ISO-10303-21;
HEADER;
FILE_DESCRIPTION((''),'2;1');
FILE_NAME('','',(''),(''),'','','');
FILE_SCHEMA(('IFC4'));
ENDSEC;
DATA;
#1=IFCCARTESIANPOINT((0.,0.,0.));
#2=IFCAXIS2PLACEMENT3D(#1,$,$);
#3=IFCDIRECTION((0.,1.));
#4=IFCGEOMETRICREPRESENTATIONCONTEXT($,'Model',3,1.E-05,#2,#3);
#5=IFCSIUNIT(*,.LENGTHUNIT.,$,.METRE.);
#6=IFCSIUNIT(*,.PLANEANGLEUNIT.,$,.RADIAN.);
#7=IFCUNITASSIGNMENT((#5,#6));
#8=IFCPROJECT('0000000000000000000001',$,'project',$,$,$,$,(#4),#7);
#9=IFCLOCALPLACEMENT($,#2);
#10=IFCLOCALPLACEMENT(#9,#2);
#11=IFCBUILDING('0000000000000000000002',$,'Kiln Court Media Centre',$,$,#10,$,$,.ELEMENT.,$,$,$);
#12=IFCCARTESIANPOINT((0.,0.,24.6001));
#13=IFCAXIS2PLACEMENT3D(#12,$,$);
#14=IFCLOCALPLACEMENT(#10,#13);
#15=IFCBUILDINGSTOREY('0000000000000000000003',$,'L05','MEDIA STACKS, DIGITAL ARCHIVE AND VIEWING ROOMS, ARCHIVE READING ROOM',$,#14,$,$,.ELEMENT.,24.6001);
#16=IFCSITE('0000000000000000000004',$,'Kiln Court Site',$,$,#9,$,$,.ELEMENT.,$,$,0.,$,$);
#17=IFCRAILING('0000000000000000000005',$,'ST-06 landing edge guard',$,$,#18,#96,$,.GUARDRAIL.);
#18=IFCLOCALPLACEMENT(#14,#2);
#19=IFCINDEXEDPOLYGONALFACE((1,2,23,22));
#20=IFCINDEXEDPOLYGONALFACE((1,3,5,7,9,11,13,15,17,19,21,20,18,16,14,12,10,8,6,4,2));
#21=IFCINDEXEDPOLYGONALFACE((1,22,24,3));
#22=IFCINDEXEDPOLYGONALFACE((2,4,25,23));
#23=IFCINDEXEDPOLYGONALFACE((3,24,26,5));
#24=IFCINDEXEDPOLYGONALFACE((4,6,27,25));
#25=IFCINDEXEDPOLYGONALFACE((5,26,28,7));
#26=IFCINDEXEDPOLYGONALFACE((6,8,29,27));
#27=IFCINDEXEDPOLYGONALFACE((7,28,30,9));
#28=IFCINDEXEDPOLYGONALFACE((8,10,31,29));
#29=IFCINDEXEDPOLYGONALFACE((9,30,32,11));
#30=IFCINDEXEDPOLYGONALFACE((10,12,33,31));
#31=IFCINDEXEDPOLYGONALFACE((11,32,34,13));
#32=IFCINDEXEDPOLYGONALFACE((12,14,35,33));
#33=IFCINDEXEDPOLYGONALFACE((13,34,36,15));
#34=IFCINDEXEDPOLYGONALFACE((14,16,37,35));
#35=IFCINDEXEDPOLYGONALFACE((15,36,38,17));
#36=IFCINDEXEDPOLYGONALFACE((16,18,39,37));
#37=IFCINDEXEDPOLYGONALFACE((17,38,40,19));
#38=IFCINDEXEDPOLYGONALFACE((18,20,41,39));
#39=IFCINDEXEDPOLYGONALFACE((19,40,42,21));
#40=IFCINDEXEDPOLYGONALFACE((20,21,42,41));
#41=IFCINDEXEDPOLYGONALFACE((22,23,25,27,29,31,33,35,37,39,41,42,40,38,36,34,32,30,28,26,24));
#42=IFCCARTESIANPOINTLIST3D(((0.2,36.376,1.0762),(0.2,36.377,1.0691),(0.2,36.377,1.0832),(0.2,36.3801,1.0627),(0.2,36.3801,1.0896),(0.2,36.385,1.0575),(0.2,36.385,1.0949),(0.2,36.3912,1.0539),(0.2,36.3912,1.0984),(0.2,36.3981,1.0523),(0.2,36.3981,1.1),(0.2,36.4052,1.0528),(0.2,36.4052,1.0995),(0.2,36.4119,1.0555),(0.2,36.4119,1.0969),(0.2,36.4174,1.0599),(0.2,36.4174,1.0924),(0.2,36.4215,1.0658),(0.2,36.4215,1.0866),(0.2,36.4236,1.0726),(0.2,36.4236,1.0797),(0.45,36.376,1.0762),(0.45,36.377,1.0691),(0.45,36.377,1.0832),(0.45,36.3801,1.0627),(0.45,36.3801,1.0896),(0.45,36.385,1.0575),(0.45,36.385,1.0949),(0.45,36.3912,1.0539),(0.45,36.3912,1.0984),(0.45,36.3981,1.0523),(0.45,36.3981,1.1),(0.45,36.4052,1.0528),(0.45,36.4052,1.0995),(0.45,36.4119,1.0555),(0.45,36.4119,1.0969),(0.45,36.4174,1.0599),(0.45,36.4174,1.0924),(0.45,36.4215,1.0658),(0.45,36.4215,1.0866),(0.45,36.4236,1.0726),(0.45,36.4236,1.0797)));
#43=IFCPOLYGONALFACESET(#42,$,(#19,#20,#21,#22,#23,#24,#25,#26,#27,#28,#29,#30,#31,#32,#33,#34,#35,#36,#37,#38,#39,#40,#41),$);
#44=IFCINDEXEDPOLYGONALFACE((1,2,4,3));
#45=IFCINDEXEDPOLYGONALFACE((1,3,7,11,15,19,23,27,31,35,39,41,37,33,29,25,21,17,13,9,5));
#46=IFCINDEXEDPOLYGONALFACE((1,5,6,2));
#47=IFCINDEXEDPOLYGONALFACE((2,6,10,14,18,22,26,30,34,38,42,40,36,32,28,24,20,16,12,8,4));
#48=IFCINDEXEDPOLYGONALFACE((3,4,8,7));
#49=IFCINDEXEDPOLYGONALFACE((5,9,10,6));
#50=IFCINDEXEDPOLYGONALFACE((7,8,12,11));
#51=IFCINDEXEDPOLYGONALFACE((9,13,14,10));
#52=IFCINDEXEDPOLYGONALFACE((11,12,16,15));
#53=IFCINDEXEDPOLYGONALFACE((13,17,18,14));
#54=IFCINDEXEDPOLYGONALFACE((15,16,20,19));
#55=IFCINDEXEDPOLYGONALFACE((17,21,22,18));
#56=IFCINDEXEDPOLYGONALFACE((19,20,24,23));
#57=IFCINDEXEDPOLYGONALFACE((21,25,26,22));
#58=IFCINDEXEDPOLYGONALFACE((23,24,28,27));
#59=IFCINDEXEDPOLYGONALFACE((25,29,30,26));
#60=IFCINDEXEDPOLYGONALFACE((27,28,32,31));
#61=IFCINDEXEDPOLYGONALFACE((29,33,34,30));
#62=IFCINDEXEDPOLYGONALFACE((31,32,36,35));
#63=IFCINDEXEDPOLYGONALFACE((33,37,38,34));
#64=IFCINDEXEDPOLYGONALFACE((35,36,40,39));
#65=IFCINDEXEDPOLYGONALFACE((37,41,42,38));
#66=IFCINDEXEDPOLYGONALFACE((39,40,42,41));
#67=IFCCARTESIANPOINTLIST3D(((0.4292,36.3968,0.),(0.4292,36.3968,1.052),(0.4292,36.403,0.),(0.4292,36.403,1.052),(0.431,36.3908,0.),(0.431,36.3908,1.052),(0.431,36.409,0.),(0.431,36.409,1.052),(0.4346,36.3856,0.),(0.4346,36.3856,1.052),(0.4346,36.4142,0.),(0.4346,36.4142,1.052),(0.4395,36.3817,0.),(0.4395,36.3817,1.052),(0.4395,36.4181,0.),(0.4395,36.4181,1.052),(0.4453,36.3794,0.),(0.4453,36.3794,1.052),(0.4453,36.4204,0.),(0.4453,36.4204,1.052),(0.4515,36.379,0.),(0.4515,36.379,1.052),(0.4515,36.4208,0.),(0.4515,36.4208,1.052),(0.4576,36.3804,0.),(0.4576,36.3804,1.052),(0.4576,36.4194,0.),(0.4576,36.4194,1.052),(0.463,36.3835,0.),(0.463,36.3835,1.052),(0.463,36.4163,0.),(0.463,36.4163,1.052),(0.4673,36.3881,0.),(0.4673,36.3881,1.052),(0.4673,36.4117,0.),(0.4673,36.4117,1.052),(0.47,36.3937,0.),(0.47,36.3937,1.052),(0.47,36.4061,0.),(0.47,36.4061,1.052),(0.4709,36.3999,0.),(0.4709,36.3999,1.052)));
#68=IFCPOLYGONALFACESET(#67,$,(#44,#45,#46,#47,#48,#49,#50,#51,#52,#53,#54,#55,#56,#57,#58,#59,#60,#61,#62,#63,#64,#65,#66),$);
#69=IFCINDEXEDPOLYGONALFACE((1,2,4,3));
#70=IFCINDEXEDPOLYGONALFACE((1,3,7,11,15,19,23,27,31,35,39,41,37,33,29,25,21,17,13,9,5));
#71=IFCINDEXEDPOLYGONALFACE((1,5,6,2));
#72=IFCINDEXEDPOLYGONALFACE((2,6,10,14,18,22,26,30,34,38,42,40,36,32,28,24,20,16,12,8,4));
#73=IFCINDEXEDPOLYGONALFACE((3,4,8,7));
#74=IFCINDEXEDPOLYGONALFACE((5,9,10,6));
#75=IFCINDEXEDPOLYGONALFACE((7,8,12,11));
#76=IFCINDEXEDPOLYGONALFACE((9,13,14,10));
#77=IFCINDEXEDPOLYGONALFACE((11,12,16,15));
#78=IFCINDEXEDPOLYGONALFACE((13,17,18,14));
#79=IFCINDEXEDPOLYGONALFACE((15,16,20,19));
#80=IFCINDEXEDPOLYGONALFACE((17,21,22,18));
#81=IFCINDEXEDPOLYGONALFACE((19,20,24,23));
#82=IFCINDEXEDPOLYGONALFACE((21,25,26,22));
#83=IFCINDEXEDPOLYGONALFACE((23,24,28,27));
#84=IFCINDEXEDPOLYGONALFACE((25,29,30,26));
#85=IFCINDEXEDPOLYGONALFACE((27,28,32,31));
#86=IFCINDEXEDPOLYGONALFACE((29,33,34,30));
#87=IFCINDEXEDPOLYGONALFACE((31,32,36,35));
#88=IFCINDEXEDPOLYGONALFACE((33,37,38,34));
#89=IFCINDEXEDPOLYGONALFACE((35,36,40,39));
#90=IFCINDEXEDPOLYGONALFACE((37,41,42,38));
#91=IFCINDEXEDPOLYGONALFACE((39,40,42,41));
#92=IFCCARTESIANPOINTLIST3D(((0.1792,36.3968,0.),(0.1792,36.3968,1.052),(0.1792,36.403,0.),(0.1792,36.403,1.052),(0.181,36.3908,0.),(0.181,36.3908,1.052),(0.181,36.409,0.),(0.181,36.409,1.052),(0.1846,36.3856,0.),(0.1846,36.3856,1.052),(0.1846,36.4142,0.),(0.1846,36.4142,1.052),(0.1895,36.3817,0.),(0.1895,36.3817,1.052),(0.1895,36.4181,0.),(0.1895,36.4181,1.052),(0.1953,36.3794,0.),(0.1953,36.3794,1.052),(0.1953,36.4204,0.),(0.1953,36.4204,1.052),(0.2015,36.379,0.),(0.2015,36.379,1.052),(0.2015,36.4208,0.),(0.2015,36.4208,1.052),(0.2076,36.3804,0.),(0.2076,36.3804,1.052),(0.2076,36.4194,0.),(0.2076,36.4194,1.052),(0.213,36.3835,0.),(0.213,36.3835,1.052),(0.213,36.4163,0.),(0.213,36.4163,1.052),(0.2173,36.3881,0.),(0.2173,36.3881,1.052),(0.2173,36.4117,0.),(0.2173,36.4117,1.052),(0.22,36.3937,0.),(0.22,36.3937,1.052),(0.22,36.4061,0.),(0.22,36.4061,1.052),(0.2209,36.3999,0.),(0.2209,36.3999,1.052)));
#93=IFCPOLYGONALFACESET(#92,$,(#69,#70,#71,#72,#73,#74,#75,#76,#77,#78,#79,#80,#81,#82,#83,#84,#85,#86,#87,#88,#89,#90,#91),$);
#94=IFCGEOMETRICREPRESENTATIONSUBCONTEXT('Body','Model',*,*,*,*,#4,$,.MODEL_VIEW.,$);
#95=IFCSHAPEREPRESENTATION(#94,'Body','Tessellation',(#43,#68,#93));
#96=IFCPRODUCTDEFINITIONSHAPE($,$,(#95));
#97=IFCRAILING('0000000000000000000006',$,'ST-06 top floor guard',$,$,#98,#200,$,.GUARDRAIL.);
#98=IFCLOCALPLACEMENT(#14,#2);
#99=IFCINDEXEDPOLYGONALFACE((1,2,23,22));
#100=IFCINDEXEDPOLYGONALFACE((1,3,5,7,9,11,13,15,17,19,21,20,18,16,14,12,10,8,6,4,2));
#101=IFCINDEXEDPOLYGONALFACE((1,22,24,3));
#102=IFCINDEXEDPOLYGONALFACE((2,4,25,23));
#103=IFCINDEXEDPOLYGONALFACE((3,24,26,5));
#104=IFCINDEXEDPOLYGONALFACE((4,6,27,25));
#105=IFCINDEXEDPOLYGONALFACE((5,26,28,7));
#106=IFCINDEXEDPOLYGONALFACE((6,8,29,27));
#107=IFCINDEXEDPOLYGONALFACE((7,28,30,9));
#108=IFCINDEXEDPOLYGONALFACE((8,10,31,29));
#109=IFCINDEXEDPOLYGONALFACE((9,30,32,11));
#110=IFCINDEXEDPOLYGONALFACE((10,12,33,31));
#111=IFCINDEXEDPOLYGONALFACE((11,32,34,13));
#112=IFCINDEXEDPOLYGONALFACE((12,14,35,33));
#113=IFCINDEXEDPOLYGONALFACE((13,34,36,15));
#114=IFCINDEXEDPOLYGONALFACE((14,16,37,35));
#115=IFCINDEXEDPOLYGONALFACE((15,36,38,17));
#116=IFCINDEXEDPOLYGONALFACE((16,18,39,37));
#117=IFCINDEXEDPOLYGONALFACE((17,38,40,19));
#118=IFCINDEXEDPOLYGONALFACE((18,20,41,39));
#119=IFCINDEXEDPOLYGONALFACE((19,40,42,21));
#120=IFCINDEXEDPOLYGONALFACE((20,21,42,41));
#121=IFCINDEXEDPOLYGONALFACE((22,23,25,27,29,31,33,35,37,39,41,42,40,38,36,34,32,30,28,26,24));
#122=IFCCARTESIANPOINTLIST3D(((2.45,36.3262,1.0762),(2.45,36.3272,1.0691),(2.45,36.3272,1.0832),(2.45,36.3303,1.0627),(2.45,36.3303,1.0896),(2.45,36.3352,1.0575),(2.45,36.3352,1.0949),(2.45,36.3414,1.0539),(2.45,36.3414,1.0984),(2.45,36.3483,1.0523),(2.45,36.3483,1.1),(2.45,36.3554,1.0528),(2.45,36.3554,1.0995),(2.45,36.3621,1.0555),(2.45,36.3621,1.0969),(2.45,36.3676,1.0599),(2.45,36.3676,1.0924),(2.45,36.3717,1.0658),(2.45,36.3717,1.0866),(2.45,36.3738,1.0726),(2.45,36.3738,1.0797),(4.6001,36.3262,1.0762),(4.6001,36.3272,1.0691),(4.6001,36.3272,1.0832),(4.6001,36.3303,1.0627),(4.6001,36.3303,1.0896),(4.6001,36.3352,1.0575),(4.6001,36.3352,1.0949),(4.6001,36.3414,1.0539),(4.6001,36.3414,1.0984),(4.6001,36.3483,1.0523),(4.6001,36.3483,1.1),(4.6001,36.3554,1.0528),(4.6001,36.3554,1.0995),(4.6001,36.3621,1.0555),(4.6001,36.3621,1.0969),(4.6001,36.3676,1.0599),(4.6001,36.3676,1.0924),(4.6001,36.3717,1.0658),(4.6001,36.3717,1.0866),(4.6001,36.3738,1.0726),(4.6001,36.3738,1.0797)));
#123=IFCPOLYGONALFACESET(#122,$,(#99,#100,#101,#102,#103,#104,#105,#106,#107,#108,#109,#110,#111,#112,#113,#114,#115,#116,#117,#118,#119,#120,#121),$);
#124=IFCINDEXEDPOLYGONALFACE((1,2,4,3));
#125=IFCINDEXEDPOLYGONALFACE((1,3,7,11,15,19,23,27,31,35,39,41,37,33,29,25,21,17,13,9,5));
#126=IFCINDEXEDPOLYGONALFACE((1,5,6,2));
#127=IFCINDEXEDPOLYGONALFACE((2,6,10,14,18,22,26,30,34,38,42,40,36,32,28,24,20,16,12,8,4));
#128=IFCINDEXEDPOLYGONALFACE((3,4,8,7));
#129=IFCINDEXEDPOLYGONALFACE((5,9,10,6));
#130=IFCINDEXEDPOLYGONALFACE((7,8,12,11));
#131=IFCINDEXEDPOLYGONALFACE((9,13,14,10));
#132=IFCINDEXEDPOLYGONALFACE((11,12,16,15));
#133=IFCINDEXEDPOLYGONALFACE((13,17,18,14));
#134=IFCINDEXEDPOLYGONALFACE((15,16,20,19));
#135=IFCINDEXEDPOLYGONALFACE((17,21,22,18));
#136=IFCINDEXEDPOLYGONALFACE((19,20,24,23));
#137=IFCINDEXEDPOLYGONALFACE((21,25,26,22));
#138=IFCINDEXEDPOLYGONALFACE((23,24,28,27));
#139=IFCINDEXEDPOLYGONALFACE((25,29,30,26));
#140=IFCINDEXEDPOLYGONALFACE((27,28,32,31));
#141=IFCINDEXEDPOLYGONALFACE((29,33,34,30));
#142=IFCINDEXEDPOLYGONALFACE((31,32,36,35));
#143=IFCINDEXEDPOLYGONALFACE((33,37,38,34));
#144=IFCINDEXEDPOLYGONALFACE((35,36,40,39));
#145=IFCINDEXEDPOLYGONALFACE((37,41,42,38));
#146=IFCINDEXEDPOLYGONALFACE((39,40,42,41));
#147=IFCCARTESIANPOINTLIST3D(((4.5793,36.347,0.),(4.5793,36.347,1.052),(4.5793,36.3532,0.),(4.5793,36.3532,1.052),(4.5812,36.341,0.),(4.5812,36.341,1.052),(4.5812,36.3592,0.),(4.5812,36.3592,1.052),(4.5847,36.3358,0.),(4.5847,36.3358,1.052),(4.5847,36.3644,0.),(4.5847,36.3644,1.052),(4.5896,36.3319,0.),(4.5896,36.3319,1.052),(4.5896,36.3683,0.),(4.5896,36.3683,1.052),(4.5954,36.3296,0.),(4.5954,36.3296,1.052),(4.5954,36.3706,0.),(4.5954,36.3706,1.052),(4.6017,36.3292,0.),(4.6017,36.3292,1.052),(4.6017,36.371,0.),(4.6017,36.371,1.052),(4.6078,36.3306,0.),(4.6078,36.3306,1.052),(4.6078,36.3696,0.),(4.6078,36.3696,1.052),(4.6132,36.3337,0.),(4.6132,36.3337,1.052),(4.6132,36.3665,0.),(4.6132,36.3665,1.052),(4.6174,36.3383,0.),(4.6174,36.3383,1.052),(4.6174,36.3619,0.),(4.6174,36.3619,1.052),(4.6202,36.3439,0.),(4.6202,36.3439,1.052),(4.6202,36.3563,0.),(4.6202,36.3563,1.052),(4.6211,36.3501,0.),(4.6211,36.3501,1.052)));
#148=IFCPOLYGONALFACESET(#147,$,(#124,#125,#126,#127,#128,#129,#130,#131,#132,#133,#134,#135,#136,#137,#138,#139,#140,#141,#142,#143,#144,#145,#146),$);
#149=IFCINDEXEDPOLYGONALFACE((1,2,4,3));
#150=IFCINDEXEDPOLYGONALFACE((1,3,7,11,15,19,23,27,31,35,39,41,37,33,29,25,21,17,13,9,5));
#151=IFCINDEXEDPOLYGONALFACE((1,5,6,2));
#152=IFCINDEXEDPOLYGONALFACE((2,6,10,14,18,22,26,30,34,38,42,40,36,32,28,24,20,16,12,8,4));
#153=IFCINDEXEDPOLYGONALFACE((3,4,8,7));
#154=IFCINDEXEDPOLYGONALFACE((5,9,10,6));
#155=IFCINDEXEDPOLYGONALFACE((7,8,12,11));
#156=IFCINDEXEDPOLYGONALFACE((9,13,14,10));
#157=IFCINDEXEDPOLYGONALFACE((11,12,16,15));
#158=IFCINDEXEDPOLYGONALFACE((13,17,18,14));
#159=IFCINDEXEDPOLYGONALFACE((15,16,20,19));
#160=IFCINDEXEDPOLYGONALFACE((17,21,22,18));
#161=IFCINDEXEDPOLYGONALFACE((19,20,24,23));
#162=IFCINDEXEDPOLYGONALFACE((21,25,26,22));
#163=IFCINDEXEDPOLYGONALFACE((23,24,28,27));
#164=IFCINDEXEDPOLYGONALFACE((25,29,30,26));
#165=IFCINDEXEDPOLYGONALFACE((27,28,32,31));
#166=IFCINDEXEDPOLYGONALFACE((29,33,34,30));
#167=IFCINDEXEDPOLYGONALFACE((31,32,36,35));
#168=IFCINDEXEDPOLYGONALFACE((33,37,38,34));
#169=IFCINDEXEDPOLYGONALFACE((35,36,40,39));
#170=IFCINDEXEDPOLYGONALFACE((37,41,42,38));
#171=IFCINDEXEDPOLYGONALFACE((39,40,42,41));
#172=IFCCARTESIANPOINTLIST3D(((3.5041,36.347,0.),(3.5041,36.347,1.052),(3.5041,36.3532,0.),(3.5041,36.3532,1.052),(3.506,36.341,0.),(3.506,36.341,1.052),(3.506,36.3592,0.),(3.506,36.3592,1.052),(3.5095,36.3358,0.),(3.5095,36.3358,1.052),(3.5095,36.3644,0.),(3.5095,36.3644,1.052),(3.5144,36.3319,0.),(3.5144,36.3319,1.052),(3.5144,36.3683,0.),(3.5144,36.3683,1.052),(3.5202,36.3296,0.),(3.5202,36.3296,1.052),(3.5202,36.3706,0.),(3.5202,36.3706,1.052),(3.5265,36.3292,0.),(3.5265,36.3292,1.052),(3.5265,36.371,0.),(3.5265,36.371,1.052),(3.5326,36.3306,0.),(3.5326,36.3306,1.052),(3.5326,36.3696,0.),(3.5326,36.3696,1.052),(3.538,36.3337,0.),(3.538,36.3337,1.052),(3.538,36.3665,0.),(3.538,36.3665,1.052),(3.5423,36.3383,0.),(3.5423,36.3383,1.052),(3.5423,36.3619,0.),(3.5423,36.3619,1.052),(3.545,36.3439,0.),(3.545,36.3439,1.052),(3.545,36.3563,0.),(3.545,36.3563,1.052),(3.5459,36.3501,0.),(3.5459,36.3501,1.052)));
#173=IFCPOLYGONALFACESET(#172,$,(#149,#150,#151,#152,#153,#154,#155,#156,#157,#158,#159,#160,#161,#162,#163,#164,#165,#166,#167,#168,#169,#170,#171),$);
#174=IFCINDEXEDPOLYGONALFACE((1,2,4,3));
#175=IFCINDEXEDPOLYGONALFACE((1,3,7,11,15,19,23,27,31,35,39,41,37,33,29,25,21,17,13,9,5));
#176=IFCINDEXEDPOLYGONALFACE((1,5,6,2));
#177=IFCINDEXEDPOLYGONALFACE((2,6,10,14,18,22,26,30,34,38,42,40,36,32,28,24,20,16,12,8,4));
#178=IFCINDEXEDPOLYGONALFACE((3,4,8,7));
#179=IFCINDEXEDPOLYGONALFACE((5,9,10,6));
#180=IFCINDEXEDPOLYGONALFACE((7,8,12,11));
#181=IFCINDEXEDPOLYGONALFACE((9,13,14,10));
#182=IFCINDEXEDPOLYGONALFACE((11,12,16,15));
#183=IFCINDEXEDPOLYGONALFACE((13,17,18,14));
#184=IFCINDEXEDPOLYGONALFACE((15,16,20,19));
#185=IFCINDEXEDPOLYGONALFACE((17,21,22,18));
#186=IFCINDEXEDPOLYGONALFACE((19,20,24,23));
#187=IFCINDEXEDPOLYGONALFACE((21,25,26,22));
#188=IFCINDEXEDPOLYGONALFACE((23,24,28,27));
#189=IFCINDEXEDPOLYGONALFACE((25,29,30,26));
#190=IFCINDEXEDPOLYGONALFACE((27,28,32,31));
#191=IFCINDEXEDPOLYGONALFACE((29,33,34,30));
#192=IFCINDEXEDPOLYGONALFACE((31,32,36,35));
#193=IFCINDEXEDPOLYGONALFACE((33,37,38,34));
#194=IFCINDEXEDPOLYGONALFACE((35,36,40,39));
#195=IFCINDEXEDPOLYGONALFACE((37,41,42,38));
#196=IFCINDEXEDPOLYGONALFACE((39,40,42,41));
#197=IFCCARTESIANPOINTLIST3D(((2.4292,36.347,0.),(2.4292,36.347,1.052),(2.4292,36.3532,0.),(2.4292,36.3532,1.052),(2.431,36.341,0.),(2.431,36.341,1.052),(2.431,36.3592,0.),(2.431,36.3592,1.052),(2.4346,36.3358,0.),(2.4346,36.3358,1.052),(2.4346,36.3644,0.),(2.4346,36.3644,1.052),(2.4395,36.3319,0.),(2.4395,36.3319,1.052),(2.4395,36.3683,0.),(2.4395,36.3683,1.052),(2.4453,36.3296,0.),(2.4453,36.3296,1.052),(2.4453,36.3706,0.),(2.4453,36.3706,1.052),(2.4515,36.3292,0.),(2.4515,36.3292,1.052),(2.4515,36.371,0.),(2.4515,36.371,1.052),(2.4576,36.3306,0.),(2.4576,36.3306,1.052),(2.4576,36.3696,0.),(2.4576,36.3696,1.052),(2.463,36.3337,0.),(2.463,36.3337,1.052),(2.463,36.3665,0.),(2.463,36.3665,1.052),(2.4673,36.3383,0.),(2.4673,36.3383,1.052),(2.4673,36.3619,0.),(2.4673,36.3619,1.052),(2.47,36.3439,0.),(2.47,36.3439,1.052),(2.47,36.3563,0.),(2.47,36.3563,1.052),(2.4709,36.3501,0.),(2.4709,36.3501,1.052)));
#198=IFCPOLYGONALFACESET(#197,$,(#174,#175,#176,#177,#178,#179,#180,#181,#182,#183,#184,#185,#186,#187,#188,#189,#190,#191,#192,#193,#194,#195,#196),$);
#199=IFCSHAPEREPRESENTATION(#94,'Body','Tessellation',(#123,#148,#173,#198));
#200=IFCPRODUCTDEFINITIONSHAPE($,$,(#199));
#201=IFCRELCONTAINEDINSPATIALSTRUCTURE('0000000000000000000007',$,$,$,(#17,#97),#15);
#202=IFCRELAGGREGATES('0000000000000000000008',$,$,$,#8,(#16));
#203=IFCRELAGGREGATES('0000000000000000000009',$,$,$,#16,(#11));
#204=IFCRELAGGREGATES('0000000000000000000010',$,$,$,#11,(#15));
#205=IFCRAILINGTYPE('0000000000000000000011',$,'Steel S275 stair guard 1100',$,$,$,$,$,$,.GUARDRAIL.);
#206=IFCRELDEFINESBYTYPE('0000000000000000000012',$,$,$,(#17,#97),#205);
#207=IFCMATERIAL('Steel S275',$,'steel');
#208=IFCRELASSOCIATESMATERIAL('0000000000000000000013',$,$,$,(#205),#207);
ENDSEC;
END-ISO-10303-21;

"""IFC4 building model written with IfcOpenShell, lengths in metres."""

from ifc_helpers import new_model, si_unit, direction, frame, origin, origin_2d, place, context, subcontext, project, spatial, circle, extrude, material, type_object, element, save


model = new_model("IFC4")

# Units and contexts
model_context = context("Model", 3, precision=1e-05, world=origin(), true_north=direction((0.0, 1.0)))
body_context = subcontext(model_context, "Body", "Model", "MODEL_VIEW")
ifc_project = project(units=[si_unit("LENGTHUNIT", "METRE"), si_unit("PLANEANGLEUNIT", "RADIAN")], contexts=[model_context])

# Site, building, storey
site_placement = place(None, origin())
site = spatial("IfcSite", under=ifc_project, at=site_placement, Name="Kiln Court Site", CompositionType="ELEMENT", RefElevation=0.0)
building_placement = place(site_placement, origin())
building = spatial("IfcBuilding", under=site, at=building_placement, Name="Kiln Court Media Centre", CompositionType="ELEMENT")
storey_placement = place(building_placement, frame((0.0, 0.0, 24.6001)))
storey = spatial("IfcBuildingStorey", under=building, at=storey_placement, Name="L05", Description="MEDIA STACKS, DIGITAL ARCHIVE AND VIEWING ROOMS, ARCHIVE READING ROOM", CompositionType="ELEMENT", Elevation=24.6001)

# Railings
ifc_material_1 = material(Name="Steel S275", Category="steel")
railing_type = type_object("IfcRailingType", Name="Steel S275 stair guard 1100", PredefinedType="GUARDRAIL", material=ifc_material_1)
railing_1_placement = place(storey_placement, frame((0.45, 36.3999, 0.0)))
element("IfcRailing", 1, at=railing_1_placement, inside=storey, type_object=railing_type, Name="ST-06 landing edge guard", PredefinedType="GUARDRAIL", context=body_context, shape_type="SweptSolid", body=[
    extrude(circle(Radius=0.0239, at=origin_2d()), frame((0.0, 0.0, 1.0762), z_axis=(-1.0, 0.0, 0.0), x_axis=(0.0, -1.0, 0.0)), (0.0, 0.0, 1.0), 0.25),
    extrude(circle(Radius=0.021, at=origin_2d()), origin(), (0.0, 0.0, 1.0), 1.052),
    extrude(circle(Radius=0.021, at=origin_2d()), frame((-0.25, 0.0, 0.0)), (0.0, 0.0, 1.0), 1.052),
])
railing_2_placement = place(storey_placement, frame((4.6001, 36.3501, 0.0)))
element("IfcRailing", 2, at=railing_2_placement, inside=storey, type_object=railing_type, Name="ST-06 top floor guard", PredefinedType="GUARDRAIL", context=body_context, shape_type="SweptSolid", body=[
    extrude(circle(Radius=0.0239, at=origin_2d()), frame((0.0, 0.0, 1.0762), z_axis=(-1.0, 0.0, 0.0), x_axis=(0.0, -1.0, 0.0)), (0.0, 0.0, 1.0), 2.1501),
    extrude(circle(Radius=0.021, at=origin_2d()), origin(), (0.0, 0.0, 1.0), 1.052),
    extrude(circle(Radius=0.021, at=origin_2d()), frame((-1.0752, 0.0, 0.0)), (0.0, 0.0, 1.0), 1.052),
    extrude(circle(Radius=0.021, at=origin_2d()), frame((-2.1501, 0.0, 0.0)), (0.0, 0.0, 1.0), 1.052),
])

save(model, "model.ifc")
